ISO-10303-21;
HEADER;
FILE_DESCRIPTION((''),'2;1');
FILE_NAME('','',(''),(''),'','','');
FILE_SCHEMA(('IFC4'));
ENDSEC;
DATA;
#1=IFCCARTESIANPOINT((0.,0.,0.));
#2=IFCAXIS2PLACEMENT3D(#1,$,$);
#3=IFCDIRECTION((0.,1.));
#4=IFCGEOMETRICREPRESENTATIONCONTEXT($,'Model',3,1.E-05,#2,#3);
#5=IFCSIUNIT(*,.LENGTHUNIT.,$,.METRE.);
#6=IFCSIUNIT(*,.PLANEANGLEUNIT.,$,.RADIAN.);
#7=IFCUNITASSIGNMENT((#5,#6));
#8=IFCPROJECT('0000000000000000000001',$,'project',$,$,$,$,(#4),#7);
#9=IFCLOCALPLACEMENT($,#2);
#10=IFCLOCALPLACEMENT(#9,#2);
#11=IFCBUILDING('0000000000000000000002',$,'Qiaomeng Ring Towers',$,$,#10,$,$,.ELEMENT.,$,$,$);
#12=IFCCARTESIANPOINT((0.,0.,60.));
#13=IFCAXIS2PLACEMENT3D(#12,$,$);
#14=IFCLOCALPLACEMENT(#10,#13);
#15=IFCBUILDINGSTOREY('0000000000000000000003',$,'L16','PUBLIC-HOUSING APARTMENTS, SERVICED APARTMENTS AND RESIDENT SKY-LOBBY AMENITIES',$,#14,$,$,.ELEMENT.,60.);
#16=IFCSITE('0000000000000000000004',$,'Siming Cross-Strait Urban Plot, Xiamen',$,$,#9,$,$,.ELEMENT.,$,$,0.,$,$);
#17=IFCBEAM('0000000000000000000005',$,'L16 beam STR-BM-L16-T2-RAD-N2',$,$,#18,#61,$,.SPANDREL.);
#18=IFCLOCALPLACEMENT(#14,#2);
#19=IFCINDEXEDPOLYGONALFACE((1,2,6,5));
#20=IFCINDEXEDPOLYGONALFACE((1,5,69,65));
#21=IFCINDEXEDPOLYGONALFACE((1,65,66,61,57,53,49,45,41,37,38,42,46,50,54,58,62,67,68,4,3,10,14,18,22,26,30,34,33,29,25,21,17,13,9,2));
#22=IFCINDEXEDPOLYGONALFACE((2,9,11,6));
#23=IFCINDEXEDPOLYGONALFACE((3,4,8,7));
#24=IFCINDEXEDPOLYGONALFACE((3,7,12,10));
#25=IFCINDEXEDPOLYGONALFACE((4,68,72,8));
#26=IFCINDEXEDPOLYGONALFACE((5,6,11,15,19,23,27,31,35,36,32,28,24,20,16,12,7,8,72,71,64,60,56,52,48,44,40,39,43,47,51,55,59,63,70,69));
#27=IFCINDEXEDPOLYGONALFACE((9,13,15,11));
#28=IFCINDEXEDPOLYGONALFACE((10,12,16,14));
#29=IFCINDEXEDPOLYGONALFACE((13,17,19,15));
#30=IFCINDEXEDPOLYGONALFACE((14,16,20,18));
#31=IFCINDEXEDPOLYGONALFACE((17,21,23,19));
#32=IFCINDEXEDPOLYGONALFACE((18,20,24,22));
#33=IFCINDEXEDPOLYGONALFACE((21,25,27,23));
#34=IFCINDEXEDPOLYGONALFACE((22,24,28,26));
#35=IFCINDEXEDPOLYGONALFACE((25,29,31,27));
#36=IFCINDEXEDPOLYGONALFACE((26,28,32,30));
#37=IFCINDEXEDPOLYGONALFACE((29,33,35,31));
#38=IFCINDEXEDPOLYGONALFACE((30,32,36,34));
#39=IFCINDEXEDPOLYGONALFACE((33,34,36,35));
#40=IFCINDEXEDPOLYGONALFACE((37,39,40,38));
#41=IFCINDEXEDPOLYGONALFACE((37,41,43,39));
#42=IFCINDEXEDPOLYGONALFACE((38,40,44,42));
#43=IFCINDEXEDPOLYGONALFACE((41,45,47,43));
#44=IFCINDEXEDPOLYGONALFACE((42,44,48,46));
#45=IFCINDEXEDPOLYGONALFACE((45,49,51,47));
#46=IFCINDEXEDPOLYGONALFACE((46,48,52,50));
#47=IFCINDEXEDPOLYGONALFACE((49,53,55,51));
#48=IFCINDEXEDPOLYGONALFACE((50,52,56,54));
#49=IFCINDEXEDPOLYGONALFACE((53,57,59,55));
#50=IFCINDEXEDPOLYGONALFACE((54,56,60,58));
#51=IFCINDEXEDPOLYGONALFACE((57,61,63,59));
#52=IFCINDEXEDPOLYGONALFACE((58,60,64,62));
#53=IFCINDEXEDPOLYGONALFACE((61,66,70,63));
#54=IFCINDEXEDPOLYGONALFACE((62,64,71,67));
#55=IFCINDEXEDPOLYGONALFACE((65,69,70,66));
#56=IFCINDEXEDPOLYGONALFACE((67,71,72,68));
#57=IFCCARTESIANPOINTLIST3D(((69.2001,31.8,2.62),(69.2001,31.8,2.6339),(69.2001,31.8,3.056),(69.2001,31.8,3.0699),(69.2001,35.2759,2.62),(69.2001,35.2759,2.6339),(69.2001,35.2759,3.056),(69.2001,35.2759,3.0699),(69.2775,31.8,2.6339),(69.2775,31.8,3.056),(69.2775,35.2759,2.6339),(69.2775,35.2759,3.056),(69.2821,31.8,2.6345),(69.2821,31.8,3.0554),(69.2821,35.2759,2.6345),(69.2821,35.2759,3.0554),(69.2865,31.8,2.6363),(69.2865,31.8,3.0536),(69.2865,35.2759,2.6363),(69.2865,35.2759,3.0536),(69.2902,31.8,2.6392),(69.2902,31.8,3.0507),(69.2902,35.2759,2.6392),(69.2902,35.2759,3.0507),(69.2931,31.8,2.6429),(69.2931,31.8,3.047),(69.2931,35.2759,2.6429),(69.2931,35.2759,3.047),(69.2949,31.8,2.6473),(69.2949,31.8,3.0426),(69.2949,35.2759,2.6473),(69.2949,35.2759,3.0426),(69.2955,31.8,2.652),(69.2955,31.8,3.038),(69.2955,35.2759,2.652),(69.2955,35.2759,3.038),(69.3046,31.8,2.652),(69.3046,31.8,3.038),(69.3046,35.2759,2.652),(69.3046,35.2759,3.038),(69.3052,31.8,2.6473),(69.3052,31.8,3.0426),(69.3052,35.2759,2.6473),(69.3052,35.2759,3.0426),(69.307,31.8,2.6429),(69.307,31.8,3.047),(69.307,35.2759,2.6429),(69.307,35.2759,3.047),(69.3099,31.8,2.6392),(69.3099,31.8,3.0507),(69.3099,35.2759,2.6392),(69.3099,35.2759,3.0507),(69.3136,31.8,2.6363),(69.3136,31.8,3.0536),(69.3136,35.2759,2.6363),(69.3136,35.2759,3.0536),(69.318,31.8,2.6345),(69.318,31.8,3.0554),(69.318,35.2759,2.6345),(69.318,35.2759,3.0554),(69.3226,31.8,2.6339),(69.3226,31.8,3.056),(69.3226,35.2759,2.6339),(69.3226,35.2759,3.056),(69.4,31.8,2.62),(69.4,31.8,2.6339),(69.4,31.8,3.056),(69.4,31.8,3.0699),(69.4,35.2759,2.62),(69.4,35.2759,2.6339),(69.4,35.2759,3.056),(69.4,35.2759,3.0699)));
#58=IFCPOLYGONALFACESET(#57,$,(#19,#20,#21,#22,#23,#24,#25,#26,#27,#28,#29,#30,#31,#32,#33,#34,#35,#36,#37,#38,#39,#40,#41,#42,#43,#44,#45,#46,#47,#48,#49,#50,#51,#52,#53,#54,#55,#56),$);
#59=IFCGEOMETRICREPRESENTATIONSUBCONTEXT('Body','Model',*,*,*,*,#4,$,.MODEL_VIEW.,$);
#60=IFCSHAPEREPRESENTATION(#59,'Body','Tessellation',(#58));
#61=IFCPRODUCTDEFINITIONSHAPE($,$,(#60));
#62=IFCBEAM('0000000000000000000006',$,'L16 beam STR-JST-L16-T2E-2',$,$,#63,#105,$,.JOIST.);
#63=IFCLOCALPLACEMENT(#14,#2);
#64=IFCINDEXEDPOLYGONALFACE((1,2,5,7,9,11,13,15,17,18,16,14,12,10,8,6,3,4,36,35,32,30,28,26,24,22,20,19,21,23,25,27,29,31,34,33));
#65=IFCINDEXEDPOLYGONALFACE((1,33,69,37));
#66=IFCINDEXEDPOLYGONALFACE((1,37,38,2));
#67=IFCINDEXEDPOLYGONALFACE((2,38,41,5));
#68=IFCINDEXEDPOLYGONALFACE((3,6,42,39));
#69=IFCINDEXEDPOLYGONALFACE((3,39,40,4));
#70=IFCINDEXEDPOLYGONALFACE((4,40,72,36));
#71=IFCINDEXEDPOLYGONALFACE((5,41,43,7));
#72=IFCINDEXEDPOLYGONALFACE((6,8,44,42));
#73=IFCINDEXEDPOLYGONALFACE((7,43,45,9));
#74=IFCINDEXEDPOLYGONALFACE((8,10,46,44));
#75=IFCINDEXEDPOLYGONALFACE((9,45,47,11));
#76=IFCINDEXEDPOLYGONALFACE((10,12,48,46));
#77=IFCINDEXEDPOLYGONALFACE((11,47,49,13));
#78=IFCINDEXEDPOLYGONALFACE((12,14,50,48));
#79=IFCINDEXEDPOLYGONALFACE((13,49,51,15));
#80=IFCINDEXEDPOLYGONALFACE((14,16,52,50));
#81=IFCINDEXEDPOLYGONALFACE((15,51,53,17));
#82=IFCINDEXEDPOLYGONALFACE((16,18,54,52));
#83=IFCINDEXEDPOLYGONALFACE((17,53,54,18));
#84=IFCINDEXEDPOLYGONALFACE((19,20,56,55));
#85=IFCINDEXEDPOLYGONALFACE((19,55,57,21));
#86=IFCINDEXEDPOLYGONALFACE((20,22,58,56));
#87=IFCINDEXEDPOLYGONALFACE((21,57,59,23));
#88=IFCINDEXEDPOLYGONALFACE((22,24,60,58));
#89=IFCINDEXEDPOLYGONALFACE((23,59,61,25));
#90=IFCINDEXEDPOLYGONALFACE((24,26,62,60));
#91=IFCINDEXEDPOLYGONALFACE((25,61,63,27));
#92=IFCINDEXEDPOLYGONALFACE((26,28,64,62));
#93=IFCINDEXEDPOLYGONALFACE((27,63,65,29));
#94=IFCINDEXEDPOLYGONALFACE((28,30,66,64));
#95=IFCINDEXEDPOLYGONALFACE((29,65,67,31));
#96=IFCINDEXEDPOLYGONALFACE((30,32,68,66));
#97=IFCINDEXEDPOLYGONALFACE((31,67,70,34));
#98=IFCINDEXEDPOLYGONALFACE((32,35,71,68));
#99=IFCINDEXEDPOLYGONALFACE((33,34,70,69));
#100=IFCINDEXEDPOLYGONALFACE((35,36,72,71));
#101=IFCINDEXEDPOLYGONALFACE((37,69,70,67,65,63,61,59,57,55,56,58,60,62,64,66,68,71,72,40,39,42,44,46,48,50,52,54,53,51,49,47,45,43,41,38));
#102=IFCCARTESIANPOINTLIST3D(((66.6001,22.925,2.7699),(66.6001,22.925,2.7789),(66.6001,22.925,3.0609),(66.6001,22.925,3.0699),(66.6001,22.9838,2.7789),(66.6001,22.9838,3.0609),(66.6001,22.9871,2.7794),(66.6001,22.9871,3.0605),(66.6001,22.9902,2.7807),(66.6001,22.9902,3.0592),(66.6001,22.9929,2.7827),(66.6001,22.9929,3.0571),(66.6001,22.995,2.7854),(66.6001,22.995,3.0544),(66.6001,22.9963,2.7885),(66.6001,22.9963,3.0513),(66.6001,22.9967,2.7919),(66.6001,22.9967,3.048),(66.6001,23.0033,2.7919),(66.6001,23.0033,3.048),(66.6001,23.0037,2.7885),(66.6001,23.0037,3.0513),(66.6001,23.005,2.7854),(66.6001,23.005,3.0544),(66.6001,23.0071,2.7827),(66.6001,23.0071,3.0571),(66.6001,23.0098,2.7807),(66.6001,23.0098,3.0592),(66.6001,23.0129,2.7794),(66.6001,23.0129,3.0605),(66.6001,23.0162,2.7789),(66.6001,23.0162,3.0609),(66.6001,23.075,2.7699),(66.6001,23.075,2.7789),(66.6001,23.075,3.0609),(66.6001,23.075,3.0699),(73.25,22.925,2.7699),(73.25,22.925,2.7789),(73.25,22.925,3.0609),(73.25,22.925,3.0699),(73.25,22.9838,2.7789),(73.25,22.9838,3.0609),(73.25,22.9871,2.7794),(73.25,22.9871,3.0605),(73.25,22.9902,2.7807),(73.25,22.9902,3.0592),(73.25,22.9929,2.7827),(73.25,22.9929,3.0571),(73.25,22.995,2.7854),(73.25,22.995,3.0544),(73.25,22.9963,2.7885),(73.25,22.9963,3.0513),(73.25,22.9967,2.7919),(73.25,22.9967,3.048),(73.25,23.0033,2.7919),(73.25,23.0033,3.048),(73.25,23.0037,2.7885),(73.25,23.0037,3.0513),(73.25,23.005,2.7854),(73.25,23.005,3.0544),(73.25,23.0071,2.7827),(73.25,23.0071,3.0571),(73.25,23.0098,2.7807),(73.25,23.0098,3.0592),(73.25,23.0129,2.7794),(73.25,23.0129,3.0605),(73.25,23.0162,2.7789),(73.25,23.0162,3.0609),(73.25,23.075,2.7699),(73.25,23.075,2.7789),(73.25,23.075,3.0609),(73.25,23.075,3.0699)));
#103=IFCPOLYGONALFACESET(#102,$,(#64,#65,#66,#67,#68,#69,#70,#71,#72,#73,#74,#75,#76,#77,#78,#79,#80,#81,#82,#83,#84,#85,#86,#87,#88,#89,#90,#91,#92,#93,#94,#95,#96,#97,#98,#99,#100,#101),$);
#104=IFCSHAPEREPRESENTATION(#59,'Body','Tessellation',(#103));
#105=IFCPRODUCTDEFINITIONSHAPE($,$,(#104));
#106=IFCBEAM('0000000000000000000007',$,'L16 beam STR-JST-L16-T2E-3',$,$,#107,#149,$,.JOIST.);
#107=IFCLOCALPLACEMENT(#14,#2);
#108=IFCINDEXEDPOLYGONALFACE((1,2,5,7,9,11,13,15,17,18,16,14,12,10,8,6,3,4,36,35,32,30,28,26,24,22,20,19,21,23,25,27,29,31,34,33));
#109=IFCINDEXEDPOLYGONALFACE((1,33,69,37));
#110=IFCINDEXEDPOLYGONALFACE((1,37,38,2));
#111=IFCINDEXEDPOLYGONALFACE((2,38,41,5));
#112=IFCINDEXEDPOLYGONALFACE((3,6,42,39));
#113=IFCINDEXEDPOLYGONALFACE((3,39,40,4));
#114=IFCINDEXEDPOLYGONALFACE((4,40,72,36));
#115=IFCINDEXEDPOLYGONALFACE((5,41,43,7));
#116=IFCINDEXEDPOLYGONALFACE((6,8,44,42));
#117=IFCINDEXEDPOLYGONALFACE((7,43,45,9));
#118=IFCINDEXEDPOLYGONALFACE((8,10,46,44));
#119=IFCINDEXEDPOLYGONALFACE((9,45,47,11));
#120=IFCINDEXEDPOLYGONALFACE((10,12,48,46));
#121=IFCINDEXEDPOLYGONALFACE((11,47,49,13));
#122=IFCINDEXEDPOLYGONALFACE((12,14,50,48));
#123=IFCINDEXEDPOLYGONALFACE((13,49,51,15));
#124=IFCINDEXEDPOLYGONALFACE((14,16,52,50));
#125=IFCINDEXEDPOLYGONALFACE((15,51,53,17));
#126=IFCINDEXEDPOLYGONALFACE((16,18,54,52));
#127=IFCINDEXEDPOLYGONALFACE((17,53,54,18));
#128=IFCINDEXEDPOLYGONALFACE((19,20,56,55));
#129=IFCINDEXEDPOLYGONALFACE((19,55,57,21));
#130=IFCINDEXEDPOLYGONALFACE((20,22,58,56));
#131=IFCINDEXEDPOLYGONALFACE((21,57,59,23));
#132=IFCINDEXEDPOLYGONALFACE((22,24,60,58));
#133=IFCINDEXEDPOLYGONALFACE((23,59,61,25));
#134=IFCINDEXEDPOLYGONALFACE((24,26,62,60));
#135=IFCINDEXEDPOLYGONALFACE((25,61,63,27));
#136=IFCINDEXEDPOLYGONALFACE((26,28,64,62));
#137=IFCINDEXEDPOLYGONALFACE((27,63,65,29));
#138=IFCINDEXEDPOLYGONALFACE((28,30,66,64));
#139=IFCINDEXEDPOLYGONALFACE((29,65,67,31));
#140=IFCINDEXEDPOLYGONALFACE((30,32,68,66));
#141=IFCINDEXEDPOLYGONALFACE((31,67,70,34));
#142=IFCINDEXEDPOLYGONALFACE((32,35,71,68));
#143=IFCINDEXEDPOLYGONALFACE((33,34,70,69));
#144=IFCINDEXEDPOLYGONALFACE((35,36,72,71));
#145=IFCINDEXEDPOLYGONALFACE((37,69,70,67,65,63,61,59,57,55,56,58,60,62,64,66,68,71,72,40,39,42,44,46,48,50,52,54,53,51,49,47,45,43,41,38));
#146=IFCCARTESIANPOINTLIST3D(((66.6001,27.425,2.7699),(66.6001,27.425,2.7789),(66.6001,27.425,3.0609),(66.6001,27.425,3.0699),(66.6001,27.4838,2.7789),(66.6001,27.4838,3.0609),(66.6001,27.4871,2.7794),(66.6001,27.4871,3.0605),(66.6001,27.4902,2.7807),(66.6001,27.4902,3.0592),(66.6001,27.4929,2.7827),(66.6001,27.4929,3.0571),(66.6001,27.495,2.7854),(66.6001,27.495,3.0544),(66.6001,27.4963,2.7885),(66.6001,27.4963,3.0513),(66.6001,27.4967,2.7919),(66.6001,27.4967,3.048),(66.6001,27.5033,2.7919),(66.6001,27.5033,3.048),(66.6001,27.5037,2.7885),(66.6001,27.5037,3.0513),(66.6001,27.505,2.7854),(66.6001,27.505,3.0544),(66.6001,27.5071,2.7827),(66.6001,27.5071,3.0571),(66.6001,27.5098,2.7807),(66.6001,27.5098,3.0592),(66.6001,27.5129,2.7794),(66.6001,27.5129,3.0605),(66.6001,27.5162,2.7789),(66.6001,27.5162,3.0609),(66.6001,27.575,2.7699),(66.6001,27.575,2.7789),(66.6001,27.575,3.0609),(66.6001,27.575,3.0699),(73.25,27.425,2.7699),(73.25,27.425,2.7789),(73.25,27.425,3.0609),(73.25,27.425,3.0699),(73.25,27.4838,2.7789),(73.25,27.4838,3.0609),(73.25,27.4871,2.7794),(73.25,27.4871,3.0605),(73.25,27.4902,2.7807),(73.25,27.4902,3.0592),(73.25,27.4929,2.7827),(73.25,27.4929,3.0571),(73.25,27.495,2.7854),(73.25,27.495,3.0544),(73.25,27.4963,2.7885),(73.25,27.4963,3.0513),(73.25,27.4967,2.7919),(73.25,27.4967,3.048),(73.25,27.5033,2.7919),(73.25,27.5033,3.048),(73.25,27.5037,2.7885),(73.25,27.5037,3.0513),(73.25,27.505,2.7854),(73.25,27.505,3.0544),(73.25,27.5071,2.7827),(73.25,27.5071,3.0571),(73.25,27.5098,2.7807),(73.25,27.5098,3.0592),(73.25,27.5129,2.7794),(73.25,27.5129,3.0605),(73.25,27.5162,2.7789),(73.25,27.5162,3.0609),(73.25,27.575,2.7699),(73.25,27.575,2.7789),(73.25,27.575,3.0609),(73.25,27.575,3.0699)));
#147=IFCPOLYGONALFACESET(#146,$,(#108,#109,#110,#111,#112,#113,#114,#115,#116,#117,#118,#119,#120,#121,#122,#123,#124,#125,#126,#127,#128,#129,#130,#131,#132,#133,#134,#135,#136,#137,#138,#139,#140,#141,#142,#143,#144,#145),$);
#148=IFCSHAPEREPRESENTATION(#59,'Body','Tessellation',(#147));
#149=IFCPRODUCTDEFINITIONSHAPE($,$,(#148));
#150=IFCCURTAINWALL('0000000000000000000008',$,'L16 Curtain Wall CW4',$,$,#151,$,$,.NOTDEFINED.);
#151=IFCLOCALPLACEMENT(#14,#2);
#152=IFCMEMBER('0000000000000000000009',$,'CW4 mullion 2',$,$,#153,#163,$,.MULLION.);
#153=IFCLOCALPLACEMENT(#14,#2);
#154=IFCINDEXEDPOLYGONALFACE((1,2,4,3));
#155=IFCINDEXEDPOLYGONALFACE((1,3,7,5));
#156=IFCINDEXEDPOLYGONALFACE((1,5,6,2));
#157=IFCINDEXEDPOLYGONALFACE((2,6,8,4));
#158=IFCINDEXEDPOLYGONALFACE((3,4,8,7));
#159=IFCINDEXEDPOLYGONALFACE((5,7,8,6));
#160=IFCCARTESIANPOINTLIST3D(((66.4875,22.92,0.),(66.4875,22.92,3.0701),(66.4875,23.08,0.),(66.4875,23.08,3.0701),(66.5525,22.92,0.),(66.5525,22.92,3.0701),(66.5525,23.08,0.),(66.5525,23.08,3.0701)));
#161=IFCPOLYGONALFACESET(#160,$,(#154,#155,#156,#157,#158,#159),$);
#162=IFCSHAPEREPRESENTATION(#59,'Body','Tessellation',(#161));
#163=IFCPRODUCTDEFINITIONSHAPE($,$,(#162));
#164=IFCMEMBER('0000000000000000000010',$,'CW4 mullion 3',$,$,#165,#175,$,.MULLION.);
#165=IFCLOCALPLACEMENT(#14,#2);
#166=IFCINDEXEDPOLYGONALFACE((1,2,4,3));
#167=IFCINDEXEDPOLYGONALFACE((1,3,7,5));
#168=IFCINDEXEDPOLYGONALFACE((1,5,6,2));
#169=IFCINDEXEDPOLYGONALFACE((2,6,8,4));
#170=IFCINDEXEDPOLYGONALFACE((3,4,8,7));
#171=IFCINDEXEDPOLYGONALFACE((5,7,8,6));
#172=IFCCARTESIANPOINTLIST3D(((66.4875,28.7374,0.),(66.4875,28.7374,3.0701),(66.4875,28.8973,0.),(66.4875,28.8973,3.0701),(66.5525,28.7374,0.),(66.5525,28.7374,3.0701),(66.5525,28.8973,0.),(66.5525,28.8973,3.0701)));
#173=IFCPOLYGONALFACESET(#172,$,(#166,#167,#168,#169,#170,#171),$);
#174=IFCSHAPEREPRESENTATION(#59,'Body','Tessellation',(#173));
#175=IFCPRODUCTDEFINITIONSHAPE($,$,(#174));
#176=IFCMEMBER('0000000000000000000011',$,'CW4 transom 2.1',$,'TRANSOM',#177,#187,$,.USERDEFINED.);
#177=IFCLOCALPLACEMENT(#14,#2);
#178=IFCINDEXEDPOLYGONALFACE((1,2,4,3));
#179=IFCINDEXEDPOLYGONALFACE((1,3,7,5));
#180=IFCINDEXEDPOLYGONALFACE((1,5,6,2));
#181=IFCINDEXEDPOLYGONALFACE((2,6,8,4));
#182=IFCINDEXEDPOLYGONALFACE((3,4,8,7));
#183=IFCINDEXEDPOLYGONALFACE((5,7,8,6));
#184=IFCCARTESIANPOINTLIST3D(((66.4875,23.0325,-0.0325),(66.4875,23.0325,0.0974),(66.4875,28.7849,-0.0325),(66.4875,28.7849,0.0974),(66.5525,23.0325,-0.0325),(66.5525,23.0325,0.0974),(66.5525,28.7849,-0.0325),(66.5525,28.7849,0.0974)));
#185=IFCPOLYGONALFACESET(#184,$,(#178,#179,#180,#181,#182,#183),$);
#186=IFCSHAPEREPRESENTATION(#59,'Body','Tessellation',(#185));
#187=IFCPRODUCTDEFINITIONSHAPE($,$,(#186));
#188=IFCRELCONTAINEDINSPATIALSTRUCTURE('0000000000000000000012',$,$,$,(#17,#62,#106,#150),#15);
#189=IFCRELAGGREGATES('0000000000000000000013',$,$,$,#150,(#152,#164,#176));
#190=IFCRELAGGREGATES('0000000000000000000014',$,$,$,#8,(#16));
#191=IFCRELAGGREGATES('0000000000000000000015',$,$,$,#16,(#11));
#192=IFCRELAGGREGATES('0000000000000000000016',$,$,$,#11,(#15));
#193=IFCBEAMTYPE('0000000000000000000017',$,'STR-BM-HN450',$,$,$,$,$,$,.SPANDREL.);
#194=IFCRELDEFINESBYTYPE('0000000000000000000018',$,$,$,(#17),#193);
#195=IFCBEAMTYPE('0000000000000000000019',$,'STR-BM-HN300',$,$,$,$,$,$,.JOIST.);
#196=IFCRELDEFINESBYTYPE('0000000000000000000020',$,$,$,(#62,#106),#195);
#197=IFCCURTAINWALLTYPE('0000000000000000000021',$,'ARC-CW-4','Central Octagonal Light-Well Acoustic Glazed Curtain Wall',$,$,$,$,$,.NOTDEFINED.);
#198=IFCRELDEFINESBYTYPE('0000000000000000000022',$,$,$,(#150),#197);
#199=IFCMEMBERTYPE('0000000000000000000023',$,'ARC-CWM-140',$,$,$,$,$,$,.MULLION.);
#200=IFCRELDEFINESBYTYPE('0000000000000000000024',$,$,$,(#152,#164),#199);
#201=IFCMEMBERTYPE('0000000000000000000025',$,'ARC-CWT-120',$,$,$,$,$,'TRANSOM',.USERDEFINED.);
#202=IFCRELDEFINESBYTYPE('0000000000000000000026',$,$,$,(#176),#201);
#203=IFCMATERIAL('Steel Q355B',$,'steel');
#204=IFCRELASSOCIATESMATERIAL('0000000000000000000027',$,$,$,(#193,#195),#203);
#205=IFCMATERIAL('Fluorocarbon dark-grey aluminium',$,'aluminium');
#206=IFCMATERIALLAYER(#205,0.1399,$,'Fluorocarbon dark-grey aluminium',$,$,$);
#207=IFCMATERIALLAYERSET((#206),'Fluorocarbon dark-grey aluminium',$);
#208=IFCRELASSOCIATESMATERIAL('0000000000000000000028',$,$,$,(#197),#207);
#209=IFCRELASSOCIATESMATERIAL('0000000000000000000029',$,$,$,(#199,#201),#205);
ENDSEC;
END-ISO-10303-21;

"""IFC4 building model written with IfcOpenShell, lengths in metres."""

from ifc_helpers import new_model, si_unit, direction, frame, origin, origin_2d, place, context, subcontext, project, spatial, rectangle, i_section, extrude, source, transform, mapped, material, layer, layer_set, material_profile, profile_set, type_object, element, aggregate, save


model = new_model("IFC4")

# Units and contexts
model_context = context("Model", 3, precision=1e-05, world=origin(), true_north=direction((0.0, 1.0)))
body_context = subcontext(model_context, "Body", "Model", "MODEL_VIEW")
ifc_project = project(units=[si_unit("LENGTHUNIT", "METRE"), si_unit("PLANEANGLEUNIT", "RADIAN")], contexts=[model_context])

# Site, building, storey
site_placement = place(None, origin())
site = spatial("IfcSite", under=ifc_project, at=site_placement, Name="Siming Cross-Strait Urban Plot, Xiamen", CompositionType="ELEMENT", RefElevation=0.0)
building_placement = place(site_placement, origin())
building = spatial("IfcBuilding", under=site, at=building_placement, Name="Qiaomeng Ring Towers", CompositionType="ELEMENT")
storey_placement = place(building_placement, frame((0.0, 0.0, 60.0)))
storey = spatial("IfcBuildingStorey", under=building, at=storey_placement, Name="L16", Description="PUBLIC-HOUSING APARTMENTS, SERVICED APARTMENTS AND RESIDENT SKY-LOBBY AMENITIES", CompositionType="ELEMENT", Elevation=60.0)

# Beams
ifc_material_1 = material(Name="Steel Q355B", Category="steel")
ifc_material_profile_1 = material_profile(ifc_material_1, i_section(OverallWidth=0.2, OverallDepth=0.45, WebThickness=0.009, FlangeThickness=0.0139, FilletRadius=0.0181, at=origin_2d()), Name="HN 450x200x9x14")
ifc_profile_set_1 = profile_set([ifc_material_profile_1], Name="Steel Q355B")
beam_type_1 = type_object("IfcBeamType", Name="STR-BM-HN450", PredefinedType="SPANDREL", material=ifc_profile_set_1)
shared_shape_1 = source(origin(), body_context, "Body", "SweptSolid", [
    extrude(i_section(OverallWidth=0.2, OverallDepth=0.45, WebThickness=0.009, FlangeThickness=0.0139, FilletRadius=0.0181, at=origin_2d()), origin(), (0.0, 0.0, 1.0), 3.4758),
])
beam_1_placement = place(storey_placement, frame((69.3, 35.2759, 2.845), z_axis=(0.0, -1.0, 0.0), x_axis=(1.0, 0.0, 0.0)))
element("IfcBeam", 1, at=beam_1_placement, inside=storey, type_object=beam_type_1, Name="L16 beam STR-BM-L16-T2-RAD-N2", PredefinedType="SPANDREL", context=body_context, shape_type="MappedRepresentation", body=[
    mapped(shared_shape_1, transform((0.0, 0.0, 0.0), x_axis=(1.0, 0.0, 0.0), y_axis=(0.0, 1.0, 0.0), z_axis=(0.0, 0.0, 1.0), scale=1.0)),
])
ifc_material_profile_2 = material_profile(ifc_material_1, i_section(OverallWidth=0.1499, OverallDepth=0.3, WebThickness=0.0066, FlangeThickness=0.009, FilletRadius=0.0129, at=origin_2d()), Name="HN 300x150x6.5x9")
ifc_profile_set_2 = profile_set([ifc_material_profile_2], Name="Steel Q355B")
beam_type_2 = type_object("IfcBeamType", Name="STR-BM-HN300", PredefinedType="JOIST", material=ifc_profile_set_2)
shared_shape_2 = source(origin(), body_context, "Body", "SweptSolid", [
    extrude(i_section(OverallWidth=0.1499, OverallDepth=0.3, WebThickness=0.0066, FlangeThickness=0.009, FilletRadius=0.0129, at=origin_2d()), origin(), (0.0, 0.0, 1.0), 6.6499),
])
for number, where, z_axis, x_axis, name in (
    (2, (66.6001, 23.0, 2.9199), (1.0, 0.0, 0.0), (0.0, 1.0, 0.0), "L16 beam STR-JST-L16-T2E-2"),
    (3, (66.6001, 27.5, 2.9199), (1.0, 0.0, 0.0), (0.0, 1.0, 0.0), "L16 beam STR-JST-L16-T2E-3"),
):
    element("IfcBeam", number, at=place(storey_placement, frame(where, z_axis=z_axis, x_axis=x_axis)), inside=storey, type_object=beam_type_2, Name=name, PredefinedType="JOIST", context=body_context, shape_type="MappedRepresentation", body=[
        mapped(shared_shape_2, transform((0.0, 0.0, 0.0), x_axis=(1.0, 0.0, 0.0), y_axis=(0.0, 1.0, 0.0), z_axis=(0.0, 0.0, 1.0), scale=1.0)),
    ])

# Curtain wall, members
ifc_material_2 = material(Name="Fluorocarbon dark-grey aluminium", Category="aluminium")
ifc_layer_1 = layer(ifc_material_2, 0.1399, Name="Fluorocarbon dark-grey aluminium")
ifc_layer_set_1 = layer_set([ifc_layer_1], Name="Fluorocarbon dark-grey aluminium")
curtain_wall_type_1 = type_object("IfcCurtainWallType", Name="ARC-CW-4", Description="Central Octagonal Light-Well Acoustic Glazed Curtain Wall", PredefinedType="NOTDEFINED", material=ifc_layer_set_1)
curtain_wall_1_placement = place(storey_placement, origin())
curtain_wall_1 = element("IfcCurtainWall", 4, at=curtain_wall_1_placement, inside=storey, type_object=curtain_wall_type_1, Name="L16 Curtain Wall CW4", PredefinedType="NOTDEFINED")
ifc_material_profile_3 = material_profile(ifc_material_2, rectangle(XDim=0.0649, YDim=0.1599, at=origin_2d()), Name="ALU MULL 65x160")
ifc_profile_set_3 = profile_set([ifc_material_profile_3], Name="Fluorocarbon dark-grey aluminium")
member_type_1 = type_object("IfcMemberType", Name="ARC-CWM-140", PredefinedType="MULLION", material=ifc_profile_set_3)
shared_shape_3 = source(origin(), body_context, "Body", "SweptSolid", [
    extrude(rectangle(XDim=0.0649, YDim=0.1599, at=origin_2d()), origin(), (0.0, 0.0, 1.0), 3.0701),
])
member_1_placement = place(storey_placement, frame((66.52, 23.0, 0.0), z_axis=(0.0, 0.0, 1.0), x_axis=(-1.0, 0.0, 0.0)))
member_1 = element("IfcMember", 5, at=member_1_placement, type_object=member_type_1, Name="CW4 mullion 2", PredefinedType="MULLION", context=body_context, shape_type="MappedRepresentation", body=[
    mapped(shared_shape_3, transform((0.0, 0.0, 0.0), x_axis=(1.0, 0.0, 0.0), y_axis=(0.0, 1.0, 0.0), z_axis=(0.0, 0.0, 1.0), scale=1.0)),
])
member_2_placement = place(storey_placement, frame((66.52, 28.8174, 0.0), z_axis=(0.0, 0.0, 1.0), x_axis=(-1.0, 0.0, 0.0)))
member_2 = element("IfcMember", 6, at=member_2_placement, type_object=member_type_1, Name="CW4 mullion 3", PredefinedType="MULLION", context=body_context, shape_type="MappedRepresentation", body=[
    mapped(shared_shape_3, transform((0.0, 0.0, 0.0), x_axis=(1.0, 0.0, 0.0), y_axis=(0.0, 1.0, 0.0), z_axis=(0.0, 0.0, 1.0), scale=1.0)),
])
ifc_material_profile_4 = material_profile(ifc_material_2, rectangle(XDim=0.0649, YDim=0.1299, at=origin_2d()), Name="ALU TRAN 65x130")
ifc_profile_set_4 = profile_set([ifc_material_profile_4], Name="Fluorocarbon dark-grey aluminium")
member_type_2 = type_object("IfcMemberType", Name="ARC-CWT-120", ElementType="TRANSOM", PredefinedType="USERDEFINED", material=ifc_profile_set_4)
shared_shape_4 = source(origin(), body_context, "Body", "SweptSolid", [
    extrude(rectangle(XDim=0.0649, YDim=0.1299, at=origin_2d()), origin(), (0.0, 0.0, 1.0), 5.7524),
])
member_3_placement = place(storey_placement, frame((66.52, 23.0325, 0.0325), z_axis=(0.0, 1.0, 0.0), x_axis=(-1.0, 0.0, 0.0)))
member_3 = element("IfcMember", 7, at=member_3_placement, type_object=member_type_2, Name="CW4 transom 2.1", ObjectType="TRANSOM", PredefinedType="USERDEFINED", context=body_context, shape_type="MappedRepresentation", body=[
    mapped(shared_shape_4, transform((0.0, 0.0, 0.0), x_axis=(1.0, 0.0, 0.0), y_axis=(0.0, 1.0, 0.0), z_axis=(0.0, 0.0, 1.0), scale=1.0)),
])

aggregate(curtain_wall_1, [member_1, member_2, member_3])

save(model, "model.ifc")
